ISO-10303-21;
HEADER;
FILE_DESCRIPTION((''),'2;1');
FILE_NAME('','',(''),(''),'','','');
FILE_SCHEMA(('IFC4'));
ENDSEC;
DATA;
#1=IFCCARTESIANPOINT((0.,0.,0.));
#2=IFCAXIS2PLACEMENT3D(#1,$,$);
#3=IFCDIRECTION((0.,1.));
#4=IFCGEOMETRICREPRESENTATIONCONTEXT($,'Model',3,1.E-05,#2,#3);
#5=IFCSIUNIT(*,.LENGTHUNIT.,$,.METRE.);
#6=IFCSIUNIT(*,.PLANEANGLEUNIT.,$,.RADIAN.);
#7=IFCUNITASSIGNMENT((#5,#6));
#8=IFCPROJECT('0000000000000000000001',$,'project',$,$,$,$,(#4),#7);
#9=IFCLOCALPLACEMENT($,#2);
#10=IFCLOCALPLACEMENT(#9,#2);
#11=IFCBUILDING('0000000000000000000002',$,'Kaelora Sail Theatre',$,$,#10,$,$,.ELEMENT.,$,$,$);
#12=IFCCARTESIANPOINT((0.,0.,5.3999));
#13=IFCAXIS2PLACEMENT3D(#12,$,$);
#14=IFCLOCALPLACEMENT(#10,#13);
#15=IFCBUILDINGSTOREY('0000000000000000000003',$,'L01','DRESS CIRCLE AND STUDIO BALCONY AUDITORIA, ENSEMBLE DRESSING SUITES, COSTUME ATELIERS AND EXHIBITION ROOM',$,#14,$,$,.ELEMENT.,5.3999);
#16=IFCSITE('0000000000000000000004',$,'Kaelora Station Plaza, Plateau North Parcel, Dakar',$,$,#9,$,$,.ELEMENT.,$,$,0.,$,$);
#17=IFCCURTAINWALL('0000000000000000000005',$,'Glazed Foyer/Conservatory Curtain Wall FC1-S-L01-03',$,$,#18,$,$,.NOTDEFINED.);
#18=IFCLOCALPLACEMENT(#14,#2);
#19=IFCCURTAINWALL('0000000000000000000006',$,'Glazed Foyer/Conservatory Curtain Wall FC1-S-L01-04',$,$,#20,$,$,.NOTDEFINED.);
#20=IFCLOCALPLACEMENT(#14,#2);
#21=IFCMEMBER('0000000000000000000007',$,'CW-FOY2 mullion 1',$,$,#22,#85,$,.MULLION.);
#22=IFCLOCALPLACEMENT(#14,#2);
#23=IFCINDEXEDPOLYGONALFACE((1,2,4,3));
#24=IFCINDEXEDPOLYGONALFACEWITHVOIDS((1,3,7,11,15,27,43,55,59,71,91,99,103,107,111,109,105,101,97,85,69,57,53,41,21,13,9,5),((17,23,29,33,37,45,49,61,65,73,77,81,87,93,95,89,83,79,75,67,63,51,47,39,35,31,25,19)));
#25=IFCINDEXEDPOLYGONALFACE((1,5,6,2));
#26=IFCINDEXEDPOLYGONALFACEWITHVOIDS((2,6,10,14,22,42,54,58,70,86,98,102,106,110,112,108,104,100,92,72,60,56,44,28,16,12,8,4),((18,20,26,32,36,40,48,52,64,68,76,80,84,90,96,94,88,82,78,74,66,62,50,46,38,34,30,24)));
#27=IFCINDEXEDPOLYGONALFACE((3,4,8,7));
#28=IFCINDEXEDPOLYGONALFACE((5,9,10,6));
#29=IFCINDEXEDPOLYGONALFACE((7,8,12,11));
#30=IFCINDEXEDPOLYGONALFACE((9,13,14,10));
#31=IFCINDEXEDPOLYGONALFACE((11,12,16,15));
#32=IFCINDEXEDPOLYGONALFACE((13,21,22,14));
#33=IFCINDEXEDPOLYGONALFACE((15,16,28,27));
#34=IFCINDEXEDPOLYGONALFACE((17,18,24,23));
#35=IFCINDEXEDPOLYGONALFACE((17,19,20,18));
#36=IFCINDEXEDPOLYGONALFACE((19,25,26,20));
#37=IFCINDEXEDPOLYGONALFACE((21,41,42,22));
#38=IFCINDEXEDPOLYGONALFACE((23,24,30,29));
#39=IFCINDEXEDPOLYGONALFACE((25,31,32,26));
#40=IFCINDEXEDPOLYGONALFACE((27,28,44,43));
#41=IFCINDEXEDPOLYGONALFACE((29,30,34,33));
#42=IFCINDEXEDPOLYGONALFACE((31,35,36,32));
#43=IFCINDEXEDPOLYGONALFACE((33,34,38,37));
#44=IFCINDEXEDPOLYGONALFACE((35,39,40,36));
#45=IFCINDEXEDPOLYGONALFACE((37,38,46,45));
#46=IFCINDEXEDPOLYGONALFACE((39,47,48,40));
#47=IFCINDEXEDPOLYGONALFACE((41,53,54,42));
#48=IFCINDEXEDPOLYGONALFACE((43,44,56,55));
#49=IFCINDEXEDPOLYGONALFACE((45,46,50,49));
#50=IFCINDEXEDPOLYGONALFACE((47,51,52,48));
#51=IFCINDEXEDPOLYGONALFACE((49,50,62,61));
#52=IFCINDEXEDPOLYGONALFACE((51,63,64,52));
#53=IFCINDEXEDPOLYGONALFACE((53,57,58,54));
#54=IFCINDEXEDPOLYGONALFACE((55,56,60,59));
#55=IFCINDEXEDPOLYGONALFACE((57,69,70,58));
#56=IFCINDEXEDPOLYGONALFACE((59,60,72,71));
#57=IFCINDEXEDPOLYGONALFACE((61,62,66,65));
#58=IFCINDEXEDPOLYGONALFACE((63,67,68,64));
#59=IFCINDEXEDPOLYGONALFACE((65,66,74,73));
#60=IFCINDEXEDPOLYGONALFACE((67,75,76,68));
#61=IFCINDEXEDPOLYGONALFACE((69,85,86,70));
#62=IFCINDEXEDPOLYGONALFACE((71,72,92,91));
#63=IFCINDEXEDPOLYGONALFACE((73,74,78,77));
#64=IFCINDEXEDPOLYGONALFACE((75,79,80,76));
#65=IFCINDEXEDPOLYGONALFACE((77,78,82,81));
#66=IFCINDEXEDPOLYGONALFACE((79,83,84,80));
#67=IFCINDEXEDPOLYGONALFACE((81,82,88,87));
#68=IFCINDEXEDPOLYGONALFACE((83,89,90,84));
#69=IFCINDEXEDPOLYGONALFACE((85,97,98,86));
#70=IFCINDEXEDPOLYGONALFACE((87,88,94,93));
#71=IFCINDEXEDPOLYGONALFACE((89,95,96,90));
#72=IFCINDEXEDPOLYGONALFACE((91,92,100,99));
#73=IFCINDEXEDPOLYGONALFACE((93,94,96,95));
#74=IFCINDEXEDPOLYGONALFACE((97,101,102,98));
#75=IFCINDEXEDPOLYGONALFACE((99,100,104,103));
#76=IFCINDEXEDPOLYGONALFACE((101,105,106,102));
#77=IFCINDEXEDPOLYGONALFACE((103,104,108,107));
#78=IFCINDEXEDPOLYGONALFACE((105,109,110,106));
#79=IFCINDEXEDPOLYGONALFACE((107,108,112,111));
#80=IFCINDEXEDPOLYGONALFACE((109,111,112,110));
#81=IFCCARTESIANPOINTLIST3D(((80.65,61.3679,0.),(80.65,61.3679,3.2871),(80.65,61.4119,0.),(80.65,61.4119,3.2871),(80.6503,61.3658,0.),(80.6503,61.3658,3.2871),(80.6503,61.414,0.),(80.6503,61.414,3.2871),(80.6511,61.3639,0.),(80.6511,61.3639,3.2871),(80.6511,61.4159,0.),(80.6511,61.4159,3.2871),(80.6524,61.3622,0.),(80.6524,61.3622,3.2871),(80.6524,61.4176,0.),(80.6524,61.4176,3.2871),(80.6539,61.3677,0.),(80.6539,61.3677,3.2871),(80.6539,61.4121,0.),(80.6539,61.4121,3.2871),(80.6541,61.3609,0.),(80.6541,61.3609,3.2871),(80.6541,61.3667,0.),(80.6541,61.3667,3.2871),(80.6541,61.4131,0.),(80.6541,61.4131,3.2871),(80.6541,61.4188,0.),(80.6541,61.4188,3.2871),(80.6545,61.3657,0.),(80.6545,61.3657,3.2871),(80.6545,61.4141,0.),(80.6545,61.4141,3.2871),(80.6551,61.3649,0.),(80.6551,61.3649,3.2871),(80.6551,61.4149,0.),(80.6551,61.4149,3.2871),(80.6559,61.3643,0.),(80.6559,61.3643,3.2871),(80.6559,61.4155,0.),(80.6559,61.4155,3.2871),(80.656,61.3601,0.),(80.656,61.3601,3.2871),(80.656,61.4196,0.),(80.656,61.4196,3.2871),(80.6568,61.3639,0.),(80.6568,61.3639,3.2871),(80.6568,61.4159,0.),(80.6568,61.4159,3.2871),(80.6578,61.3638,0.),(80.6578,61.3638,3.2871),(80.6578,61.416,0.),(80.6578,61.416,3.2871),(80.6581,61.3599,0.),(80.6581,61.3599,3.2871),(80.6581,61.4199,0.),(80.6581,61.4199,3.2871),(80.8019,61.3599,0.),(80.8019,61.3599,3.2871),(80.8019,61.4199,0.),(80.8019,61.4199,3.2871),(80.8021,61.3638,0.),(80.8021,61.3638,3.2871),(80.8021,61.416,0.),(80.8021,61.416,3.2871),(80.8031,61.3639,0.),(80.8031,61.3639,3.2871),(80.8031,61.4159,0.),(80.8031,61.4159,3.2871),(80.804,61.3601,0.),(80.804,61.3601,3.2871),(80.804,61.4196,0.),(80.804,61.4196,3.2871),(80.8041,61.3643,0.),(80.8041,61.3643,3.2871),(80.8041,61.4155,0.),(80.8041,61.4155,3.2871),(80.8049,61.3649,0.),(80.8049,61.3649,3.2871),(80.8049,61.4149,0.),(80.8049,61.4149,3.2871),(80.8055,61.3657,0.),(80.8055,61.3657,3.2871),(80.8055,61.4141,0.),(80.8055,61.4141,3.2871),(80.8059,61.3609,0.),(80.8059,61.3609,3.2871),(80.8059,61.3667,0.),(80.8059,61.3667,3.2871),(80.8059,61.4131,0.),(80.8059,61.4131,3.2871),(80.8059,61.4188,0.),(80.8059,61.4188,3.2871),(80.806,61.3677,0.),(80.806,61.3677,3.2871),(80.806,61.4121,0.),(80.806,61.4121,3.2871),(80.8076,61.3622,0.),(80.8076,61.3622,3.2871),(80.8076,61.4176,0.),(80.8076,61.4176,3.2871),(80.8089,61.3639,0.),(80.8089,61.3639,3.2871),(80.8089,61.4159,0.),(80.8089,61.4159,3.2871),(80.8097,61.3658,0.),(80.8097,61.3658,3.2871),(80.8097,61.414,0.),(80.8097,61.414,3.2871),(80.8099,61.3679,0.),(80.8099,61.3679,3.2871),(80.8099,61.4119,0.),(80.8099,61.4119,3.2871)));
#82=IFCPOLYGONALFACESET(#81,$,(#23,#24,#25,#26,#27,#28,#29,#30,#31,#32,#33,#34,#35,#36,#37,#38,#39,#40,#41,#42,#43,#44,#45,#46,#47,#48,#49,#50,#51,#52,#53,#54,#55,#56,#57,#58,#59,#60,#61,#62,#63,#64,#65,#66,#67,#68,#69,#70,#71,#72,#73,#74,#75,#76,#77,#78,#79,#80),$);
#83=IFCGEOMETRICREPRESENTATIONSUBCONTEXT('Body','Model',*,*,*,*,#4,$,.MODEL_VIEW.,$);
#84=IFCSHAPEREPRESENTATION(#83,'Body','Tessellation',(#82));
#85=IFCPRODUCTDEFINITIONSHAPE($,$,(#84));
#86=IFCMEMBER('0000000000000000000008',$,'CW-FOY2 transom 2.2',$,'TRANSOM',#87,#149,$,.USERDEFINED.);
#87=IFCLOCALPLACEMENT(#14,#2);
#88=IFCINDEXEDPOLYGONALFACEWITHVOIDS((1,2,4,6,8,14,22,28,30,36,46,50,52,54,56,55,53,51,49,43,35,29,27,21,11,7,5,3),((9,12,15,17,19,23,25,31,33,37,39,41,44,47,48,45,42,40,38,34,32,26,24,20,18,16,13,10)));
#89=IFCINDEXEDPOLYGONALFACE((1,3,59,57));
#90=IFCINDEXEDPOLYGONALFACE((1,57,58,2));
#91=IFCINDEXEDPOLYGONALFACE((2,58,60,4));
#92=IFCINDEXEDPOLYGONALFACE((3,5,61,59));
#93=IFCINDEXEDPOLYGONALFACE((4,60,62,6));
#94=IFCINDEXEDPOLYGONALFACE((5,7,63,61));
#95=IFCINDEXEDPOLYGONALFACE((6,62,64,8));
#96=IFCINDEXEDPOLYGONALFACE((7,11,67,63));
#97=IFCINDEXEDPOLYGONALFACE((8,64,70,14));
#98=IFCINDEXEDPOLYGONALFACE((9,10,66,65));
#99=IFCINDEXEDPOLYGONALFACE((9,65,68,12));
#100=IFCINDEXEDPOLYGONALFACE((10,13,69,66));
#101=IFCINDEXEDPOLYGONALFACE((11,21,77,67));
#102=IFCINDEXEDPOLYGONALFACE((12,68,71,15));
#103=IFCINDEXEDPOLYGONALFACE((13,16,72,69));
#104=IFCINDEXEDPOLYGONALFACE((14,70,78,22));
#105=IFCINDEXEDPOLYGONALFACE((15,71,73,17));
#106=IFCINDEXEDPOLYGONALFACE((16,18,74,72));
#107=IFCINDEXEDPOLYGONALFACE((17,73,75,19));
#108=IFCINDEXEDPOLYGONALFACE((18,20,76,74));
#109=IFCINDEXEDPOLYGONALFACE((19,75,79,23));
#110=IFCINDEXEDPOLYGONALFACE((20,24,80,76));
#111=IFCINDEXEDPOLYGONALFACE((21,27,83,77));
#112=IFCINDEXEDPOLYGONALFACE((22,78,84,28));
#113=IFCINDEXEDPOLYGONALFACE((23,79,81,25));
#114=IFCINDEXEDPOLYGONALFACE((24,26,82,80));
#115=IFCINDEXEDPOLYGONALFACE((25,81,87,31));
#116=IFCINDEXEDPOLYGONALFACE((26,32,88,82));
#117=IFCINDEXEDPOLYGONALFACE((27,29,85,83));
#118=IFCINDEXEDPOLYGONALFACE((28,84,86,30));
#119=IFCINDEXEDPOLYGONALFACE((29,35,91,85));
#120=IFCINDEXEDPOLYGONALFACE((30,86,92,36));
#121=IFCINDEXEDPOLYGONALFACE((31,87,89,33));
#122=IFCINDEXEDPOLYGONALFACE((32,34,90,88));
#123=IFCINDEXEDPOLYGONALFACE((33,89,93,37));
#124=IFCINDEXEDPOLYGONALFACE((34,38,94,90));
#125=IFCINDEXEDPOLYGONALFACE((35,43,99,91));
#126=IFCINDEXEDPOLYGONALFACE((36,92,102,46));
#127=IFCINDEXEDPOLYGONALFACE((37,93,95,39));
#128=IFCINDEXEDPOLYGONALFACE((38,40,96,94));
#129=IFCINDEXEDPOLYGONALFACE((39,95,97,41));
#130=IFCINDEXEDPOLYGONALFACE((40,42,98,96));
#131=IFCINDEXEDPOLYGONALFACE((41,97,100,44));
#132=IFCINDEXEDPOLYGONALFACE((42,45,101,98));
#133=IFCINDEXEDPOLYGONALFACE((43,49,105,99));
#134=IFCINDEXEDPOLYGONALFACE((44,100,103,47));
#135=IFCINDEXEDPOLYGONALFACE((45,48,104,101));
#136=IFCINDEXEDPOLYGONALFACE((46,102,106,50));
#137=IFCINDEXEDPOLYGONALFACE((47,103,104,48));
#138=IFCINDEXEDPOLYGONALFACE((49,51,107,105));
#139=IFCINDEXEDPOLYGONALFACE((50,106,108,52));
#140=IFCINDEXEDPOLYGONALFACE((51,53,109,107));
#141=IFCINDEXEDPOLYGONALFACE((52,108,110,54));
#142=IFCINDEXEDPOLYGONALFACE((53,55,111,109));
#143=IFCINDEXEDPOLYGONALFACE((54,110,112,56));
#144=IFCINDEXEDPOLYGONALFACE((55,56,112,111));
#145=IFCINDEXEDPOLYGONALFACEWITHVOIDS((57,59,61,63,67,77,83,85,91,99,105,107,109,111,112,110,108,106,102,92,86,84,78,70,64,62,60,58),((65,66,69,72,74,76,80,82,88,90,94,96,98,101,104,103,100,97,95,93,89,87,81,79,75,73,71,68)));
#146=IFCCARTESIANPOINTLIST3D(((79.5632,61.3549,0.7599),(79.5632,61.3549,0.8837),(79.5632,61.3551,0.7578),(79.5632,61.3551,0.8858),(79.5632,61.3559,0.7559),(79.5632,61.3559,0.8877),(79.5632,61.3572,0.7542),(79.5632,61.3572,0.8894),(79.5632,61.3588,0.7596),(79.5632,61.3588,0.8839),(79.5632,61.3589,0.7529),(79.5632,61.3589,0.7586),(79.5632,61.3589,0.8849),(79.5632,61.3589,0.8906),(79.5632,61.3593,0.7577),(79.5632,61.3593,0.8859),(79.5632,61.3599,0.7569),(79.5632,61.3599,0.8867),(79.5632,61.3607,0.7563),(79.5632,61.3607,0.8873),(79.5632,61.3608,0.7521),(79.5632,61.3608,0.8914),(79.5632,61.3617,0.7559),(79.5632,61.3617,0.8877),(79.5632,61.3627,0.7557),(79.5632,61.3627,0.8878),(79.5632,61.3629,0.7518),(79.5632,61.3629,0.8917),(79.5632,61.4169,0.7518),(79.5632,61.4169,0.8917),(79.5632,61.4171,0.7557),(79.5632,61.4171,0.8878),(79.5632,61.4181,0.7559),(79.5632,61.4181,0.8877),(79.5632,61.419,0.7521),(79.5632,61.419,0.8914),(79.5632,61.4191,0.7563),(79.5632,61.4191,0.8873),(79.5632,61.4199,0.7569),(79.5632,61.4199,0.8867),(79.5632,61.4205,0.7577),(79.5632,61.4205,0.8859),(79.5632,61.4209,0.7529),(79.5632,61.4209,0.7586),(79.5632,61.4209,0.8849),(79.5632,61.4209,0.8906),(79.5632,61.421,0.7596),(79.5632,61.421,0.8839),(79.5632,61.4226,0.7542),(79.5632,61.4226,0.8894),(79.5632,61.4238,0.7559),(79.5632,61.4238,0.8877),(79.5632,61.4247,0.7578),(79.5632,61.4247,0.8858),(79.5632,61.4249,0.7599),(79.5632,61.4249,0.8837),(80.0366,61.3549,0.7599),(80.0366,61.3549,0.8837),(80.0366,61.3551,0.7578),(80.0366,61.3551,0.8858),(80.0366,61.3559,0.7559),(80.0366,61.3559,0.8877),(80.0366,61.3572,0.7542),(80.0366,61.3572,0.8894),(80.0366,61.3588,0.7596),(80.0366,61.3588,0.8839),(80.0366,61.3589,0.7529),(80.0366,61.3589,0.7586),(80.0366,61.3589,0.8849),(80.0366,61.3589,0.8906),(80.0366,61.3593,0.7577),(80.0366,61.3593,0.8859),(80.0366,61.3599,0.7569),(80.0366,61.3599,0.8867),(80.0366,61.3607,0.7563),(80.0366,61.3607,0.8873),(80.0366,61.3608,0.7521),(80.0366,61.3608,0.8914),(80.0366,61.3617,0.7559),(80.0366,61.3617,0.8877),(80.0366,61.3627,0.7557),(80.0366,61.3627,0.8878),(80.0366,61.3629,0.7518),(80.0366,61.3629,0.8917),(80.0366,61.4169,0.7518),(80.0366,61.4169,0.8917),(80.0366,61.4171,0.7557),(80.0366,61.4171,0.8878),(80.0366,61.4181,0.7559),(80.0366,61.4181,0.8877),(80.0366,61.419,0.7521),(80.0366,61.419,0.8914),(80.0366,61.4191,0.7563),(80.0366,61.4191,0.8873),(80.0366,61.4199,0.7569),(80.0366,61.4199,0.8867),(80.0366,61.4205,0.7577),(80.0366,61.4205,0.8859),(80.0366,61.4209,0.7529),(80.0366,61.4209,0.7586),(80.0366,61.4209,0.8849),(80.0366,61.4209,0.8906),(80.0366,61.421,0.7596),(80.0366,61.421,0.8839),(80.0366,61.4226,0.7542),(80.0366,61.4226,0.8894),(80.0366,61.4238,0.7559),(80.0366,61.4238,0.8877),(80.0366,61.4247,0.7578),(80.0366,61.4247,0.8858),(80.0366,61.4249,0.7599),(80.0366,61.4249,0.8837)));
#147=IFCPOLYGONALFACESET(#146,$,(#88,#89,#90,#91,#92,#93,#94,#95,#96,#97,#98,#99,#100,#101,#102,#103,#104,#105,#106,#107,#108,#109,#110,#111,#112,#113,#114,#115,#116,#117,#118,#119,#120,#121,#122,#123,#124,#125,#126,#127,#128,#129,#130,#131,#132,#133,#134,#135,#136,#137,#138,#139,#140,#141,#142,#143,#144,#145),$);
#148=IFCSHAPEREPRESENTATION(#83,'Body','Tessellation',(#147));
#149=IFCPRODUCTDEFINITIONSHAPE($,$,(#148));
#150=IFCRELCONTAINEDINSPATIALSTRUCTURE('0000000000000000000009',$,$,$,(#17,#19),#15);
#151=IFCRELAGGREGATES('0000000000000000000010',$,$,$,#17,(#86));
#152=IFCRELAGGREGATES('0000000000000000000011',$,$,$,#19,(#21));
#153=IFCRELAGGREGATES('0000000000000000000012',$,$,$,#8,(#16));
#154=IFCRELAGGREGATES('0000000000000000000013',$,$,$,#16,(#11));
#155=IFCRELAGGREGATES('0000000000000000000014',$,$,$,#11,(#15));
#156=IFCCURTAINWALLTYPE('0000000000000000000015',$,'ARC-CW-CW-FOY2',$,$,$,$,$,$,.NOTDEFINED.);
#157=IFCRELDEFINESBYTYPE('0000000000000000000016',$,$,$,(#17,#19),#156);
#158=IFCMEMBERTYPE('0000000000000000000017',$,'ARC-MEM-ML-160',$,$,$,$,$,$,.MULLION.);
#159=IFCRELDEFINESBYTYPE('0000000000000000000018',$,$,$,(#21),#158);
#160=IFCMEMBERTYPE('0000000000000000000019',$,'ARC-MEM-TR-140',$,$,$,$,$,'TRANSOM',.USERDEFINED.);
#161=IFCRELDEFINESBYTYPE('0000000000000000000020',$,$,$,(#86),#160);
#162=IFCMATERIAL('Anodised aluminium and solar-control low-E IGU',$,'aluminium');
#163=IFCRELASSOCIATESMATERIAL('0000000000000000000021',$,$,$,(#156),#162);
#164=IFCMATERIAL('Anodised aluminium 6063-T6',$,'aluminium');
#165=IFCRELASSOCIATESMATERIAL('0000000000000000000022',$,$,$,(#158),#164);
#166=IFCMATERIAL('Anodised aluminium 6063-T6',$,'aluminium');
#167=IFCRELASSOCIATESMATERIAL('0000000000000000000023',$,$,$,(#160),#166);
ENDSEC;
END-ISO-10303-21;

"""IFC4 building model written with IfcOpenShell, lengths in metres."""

from ifc_helpers import new_model, si_unit, direction, frame, origin, origin_2d, place, context, subcontext, project, spatial, hollow_rectangle, extrude, material, material_profile, profile_set, type_object, element, aggregate, save


model = new_model("IFC4")

# Units and contexts
model_context = context("Model", 3, precision=1e-05, world=origin(), true_north=direction((0.0, 1.0)))
body_context = subcontext(model_context, "Body", "Model", "MODEL_VIEW")
ifc_project = project(units=[si_unit("LENGTHUNIT", "METRE"), si_unit("PLANEANGLEUNIT", "RADIAN")], contexts=[model_context])

# Site, building, storey
site_placement = place(None, origin())
site = spatial("IfcSite", under=ifc_project, at=site_placement, Name="Kaelora Station Plaza, Plateau North Parcel, Dakar", CompositionType="ELEMENT", RefElevation=0.0)
building_placement = place(site_placement, origin())
building = spatial("IfcBuilding", under=site, at=building_placement, Name="Kaelora Sail Theatre", CompositionType="ELEMENT")
storey_placement = place(building_placement, frame((0.0, 0.0, 5.3999)))
storey = spatial("IfcBuildingStorey", under=building, at=storey_placement, Name="L01", Description="DRESS CIRCLE AND STUDIO BALCONY AUDITORIA, ENSEMBLE DRESSING SUITES, COSTUME ATELIERS AND EXHIBITION ROOM", CompositionType="ELEMENT", Elevation=5.3999)

# Curtain wall
ifc_material_1 = material(Name="Anodised aluminium and solar-control low-E IGU", Category="aluminium")
curtain_wall_type = type_object("IfcCurtainWallType", Name="ARC-CW-CW-FOY2", PredefinedType="NOTDEFINED", material=ifc_material_1)
curtain_wall_1_placement = place(storey_placement, origin())
curtain_wall_1 = element("IfcCurtainWall", 1, at=curtain_wall_1_placement, inside=storey, type_object=curtain_wall_type, Name="Glazed Foyer/Conservatory Curtain Wall FC1-S-L01-03", PredefinedType="NOTDEFINED")
ifc_material_2 = material(Name="Anodised aluminium 6063-T6", Category="aluminium")
ifc_material_profile_1 = material_profile(ifc_material_2, hollow_rectangle(XDim=0.0601, YDim=0.1599, WallThickness=0.0039, InnerFilletRadius=0.0039, OuterFilletRadius=0.0081, at=origin_2d()), Name="ALU-MULL 60x160x4")
ifc_profile_set_1 = profile_set([ifc_material_profile_1], Name="Anodised aluminium 6063-T6")
member_type_1 = type_object("IfcMemberType", Name="ARC-MEM-ML-160", PredefinedType="MULLION", material=ifc_profile_set_1)

# Curtain wall, member
curtain_wall_2_placement = place(storey_placement, origin())
curtain_wall_2 = element("IfcCurtainWall", 2, at=curtain_wall_2_placement, inside=storey, type_object=curtain_wall_type, Name="Glazed Foyer/Conservatory Curtain Wall FC1-S-L01-04", PredefinedType="NOTDEFINED")
member_1_placement = place(storey_placement, frame((80.73, 61.3899, 0.0), z_axis=(0.0, 0.0, 1.0), x_axis=(0.0, 1.0, 0.0)))
member_1 = element("IfcMember", 3, at=member_1_placement, type_object=member_type_1, Name="CW-FOY2 mullion 1", PredefinedType="MULLION", context=body_context, shape_type="SweptSolid", body=[
    extrude(hollow_rectangle(XDim=0.0601, YDim=0.1599, WallThickness=0.0039, InnerFilletRadius=0.0039, OuterFilletRadius=0.0081, at=origin_2d()), origin(), (0.0, 0.0, 1.0), 3.2871),
])

# Member
ifc_material_3 = material(Name="Anodised aluminium 6063-T6", Category="aluminium")
ifc_material_profile_2 = material_profile(ifc_material_3, hollow_rectangle(XDim=0.0701, YDim=0.1399, WallThickness=0.0039, InnerFilletRadius=0.0039, OuterFilletRadius=0.0081, at=origin_2d()), Name="ALU-TRAN 70x140x4")
ifc_profile_set_2 = profile_set([ifc_material_profile_2], Name="Anodised aluminium 6063-T6")
member_type_2 = type_object("IfcMemberType", Name="ARC-MEM-TR-140", ElementType="TRANSOM", PredefinedType="USERDEFINED", material=ifc_profile_set_2)
member_2_placement = place(storey_placement, frame((79.5632, 61.3899, 0.8218), z_axis=(1.0, 0.0, 0.0), x_axis=(0.0, 1.0, 0.0)))
member_2 = element("IfcMember", 4, at=member_2_placement, type_object=member_type_2, Name="CW-FOY2 transom 2.2", ObjectType="TRANSOM", PredefinedType="USERDEFINED", context=body_context, shape_type="SweptSolid", body=[
    extrude(hollow_rectangle(XDim=0.0701, YDim=0.1399, WallThickness=0.0039, InnerFilletRadius=0.0039, OuterFilletRadius=0.0081, at=origin_2d()), origin(), (0.0, 0.0, 1.0), 0.4734),
])

aggregate(curtain_wall_1, [member_2])
aggregate(curtain_wall_2, [member_1])

save(model, "model.ifc")
